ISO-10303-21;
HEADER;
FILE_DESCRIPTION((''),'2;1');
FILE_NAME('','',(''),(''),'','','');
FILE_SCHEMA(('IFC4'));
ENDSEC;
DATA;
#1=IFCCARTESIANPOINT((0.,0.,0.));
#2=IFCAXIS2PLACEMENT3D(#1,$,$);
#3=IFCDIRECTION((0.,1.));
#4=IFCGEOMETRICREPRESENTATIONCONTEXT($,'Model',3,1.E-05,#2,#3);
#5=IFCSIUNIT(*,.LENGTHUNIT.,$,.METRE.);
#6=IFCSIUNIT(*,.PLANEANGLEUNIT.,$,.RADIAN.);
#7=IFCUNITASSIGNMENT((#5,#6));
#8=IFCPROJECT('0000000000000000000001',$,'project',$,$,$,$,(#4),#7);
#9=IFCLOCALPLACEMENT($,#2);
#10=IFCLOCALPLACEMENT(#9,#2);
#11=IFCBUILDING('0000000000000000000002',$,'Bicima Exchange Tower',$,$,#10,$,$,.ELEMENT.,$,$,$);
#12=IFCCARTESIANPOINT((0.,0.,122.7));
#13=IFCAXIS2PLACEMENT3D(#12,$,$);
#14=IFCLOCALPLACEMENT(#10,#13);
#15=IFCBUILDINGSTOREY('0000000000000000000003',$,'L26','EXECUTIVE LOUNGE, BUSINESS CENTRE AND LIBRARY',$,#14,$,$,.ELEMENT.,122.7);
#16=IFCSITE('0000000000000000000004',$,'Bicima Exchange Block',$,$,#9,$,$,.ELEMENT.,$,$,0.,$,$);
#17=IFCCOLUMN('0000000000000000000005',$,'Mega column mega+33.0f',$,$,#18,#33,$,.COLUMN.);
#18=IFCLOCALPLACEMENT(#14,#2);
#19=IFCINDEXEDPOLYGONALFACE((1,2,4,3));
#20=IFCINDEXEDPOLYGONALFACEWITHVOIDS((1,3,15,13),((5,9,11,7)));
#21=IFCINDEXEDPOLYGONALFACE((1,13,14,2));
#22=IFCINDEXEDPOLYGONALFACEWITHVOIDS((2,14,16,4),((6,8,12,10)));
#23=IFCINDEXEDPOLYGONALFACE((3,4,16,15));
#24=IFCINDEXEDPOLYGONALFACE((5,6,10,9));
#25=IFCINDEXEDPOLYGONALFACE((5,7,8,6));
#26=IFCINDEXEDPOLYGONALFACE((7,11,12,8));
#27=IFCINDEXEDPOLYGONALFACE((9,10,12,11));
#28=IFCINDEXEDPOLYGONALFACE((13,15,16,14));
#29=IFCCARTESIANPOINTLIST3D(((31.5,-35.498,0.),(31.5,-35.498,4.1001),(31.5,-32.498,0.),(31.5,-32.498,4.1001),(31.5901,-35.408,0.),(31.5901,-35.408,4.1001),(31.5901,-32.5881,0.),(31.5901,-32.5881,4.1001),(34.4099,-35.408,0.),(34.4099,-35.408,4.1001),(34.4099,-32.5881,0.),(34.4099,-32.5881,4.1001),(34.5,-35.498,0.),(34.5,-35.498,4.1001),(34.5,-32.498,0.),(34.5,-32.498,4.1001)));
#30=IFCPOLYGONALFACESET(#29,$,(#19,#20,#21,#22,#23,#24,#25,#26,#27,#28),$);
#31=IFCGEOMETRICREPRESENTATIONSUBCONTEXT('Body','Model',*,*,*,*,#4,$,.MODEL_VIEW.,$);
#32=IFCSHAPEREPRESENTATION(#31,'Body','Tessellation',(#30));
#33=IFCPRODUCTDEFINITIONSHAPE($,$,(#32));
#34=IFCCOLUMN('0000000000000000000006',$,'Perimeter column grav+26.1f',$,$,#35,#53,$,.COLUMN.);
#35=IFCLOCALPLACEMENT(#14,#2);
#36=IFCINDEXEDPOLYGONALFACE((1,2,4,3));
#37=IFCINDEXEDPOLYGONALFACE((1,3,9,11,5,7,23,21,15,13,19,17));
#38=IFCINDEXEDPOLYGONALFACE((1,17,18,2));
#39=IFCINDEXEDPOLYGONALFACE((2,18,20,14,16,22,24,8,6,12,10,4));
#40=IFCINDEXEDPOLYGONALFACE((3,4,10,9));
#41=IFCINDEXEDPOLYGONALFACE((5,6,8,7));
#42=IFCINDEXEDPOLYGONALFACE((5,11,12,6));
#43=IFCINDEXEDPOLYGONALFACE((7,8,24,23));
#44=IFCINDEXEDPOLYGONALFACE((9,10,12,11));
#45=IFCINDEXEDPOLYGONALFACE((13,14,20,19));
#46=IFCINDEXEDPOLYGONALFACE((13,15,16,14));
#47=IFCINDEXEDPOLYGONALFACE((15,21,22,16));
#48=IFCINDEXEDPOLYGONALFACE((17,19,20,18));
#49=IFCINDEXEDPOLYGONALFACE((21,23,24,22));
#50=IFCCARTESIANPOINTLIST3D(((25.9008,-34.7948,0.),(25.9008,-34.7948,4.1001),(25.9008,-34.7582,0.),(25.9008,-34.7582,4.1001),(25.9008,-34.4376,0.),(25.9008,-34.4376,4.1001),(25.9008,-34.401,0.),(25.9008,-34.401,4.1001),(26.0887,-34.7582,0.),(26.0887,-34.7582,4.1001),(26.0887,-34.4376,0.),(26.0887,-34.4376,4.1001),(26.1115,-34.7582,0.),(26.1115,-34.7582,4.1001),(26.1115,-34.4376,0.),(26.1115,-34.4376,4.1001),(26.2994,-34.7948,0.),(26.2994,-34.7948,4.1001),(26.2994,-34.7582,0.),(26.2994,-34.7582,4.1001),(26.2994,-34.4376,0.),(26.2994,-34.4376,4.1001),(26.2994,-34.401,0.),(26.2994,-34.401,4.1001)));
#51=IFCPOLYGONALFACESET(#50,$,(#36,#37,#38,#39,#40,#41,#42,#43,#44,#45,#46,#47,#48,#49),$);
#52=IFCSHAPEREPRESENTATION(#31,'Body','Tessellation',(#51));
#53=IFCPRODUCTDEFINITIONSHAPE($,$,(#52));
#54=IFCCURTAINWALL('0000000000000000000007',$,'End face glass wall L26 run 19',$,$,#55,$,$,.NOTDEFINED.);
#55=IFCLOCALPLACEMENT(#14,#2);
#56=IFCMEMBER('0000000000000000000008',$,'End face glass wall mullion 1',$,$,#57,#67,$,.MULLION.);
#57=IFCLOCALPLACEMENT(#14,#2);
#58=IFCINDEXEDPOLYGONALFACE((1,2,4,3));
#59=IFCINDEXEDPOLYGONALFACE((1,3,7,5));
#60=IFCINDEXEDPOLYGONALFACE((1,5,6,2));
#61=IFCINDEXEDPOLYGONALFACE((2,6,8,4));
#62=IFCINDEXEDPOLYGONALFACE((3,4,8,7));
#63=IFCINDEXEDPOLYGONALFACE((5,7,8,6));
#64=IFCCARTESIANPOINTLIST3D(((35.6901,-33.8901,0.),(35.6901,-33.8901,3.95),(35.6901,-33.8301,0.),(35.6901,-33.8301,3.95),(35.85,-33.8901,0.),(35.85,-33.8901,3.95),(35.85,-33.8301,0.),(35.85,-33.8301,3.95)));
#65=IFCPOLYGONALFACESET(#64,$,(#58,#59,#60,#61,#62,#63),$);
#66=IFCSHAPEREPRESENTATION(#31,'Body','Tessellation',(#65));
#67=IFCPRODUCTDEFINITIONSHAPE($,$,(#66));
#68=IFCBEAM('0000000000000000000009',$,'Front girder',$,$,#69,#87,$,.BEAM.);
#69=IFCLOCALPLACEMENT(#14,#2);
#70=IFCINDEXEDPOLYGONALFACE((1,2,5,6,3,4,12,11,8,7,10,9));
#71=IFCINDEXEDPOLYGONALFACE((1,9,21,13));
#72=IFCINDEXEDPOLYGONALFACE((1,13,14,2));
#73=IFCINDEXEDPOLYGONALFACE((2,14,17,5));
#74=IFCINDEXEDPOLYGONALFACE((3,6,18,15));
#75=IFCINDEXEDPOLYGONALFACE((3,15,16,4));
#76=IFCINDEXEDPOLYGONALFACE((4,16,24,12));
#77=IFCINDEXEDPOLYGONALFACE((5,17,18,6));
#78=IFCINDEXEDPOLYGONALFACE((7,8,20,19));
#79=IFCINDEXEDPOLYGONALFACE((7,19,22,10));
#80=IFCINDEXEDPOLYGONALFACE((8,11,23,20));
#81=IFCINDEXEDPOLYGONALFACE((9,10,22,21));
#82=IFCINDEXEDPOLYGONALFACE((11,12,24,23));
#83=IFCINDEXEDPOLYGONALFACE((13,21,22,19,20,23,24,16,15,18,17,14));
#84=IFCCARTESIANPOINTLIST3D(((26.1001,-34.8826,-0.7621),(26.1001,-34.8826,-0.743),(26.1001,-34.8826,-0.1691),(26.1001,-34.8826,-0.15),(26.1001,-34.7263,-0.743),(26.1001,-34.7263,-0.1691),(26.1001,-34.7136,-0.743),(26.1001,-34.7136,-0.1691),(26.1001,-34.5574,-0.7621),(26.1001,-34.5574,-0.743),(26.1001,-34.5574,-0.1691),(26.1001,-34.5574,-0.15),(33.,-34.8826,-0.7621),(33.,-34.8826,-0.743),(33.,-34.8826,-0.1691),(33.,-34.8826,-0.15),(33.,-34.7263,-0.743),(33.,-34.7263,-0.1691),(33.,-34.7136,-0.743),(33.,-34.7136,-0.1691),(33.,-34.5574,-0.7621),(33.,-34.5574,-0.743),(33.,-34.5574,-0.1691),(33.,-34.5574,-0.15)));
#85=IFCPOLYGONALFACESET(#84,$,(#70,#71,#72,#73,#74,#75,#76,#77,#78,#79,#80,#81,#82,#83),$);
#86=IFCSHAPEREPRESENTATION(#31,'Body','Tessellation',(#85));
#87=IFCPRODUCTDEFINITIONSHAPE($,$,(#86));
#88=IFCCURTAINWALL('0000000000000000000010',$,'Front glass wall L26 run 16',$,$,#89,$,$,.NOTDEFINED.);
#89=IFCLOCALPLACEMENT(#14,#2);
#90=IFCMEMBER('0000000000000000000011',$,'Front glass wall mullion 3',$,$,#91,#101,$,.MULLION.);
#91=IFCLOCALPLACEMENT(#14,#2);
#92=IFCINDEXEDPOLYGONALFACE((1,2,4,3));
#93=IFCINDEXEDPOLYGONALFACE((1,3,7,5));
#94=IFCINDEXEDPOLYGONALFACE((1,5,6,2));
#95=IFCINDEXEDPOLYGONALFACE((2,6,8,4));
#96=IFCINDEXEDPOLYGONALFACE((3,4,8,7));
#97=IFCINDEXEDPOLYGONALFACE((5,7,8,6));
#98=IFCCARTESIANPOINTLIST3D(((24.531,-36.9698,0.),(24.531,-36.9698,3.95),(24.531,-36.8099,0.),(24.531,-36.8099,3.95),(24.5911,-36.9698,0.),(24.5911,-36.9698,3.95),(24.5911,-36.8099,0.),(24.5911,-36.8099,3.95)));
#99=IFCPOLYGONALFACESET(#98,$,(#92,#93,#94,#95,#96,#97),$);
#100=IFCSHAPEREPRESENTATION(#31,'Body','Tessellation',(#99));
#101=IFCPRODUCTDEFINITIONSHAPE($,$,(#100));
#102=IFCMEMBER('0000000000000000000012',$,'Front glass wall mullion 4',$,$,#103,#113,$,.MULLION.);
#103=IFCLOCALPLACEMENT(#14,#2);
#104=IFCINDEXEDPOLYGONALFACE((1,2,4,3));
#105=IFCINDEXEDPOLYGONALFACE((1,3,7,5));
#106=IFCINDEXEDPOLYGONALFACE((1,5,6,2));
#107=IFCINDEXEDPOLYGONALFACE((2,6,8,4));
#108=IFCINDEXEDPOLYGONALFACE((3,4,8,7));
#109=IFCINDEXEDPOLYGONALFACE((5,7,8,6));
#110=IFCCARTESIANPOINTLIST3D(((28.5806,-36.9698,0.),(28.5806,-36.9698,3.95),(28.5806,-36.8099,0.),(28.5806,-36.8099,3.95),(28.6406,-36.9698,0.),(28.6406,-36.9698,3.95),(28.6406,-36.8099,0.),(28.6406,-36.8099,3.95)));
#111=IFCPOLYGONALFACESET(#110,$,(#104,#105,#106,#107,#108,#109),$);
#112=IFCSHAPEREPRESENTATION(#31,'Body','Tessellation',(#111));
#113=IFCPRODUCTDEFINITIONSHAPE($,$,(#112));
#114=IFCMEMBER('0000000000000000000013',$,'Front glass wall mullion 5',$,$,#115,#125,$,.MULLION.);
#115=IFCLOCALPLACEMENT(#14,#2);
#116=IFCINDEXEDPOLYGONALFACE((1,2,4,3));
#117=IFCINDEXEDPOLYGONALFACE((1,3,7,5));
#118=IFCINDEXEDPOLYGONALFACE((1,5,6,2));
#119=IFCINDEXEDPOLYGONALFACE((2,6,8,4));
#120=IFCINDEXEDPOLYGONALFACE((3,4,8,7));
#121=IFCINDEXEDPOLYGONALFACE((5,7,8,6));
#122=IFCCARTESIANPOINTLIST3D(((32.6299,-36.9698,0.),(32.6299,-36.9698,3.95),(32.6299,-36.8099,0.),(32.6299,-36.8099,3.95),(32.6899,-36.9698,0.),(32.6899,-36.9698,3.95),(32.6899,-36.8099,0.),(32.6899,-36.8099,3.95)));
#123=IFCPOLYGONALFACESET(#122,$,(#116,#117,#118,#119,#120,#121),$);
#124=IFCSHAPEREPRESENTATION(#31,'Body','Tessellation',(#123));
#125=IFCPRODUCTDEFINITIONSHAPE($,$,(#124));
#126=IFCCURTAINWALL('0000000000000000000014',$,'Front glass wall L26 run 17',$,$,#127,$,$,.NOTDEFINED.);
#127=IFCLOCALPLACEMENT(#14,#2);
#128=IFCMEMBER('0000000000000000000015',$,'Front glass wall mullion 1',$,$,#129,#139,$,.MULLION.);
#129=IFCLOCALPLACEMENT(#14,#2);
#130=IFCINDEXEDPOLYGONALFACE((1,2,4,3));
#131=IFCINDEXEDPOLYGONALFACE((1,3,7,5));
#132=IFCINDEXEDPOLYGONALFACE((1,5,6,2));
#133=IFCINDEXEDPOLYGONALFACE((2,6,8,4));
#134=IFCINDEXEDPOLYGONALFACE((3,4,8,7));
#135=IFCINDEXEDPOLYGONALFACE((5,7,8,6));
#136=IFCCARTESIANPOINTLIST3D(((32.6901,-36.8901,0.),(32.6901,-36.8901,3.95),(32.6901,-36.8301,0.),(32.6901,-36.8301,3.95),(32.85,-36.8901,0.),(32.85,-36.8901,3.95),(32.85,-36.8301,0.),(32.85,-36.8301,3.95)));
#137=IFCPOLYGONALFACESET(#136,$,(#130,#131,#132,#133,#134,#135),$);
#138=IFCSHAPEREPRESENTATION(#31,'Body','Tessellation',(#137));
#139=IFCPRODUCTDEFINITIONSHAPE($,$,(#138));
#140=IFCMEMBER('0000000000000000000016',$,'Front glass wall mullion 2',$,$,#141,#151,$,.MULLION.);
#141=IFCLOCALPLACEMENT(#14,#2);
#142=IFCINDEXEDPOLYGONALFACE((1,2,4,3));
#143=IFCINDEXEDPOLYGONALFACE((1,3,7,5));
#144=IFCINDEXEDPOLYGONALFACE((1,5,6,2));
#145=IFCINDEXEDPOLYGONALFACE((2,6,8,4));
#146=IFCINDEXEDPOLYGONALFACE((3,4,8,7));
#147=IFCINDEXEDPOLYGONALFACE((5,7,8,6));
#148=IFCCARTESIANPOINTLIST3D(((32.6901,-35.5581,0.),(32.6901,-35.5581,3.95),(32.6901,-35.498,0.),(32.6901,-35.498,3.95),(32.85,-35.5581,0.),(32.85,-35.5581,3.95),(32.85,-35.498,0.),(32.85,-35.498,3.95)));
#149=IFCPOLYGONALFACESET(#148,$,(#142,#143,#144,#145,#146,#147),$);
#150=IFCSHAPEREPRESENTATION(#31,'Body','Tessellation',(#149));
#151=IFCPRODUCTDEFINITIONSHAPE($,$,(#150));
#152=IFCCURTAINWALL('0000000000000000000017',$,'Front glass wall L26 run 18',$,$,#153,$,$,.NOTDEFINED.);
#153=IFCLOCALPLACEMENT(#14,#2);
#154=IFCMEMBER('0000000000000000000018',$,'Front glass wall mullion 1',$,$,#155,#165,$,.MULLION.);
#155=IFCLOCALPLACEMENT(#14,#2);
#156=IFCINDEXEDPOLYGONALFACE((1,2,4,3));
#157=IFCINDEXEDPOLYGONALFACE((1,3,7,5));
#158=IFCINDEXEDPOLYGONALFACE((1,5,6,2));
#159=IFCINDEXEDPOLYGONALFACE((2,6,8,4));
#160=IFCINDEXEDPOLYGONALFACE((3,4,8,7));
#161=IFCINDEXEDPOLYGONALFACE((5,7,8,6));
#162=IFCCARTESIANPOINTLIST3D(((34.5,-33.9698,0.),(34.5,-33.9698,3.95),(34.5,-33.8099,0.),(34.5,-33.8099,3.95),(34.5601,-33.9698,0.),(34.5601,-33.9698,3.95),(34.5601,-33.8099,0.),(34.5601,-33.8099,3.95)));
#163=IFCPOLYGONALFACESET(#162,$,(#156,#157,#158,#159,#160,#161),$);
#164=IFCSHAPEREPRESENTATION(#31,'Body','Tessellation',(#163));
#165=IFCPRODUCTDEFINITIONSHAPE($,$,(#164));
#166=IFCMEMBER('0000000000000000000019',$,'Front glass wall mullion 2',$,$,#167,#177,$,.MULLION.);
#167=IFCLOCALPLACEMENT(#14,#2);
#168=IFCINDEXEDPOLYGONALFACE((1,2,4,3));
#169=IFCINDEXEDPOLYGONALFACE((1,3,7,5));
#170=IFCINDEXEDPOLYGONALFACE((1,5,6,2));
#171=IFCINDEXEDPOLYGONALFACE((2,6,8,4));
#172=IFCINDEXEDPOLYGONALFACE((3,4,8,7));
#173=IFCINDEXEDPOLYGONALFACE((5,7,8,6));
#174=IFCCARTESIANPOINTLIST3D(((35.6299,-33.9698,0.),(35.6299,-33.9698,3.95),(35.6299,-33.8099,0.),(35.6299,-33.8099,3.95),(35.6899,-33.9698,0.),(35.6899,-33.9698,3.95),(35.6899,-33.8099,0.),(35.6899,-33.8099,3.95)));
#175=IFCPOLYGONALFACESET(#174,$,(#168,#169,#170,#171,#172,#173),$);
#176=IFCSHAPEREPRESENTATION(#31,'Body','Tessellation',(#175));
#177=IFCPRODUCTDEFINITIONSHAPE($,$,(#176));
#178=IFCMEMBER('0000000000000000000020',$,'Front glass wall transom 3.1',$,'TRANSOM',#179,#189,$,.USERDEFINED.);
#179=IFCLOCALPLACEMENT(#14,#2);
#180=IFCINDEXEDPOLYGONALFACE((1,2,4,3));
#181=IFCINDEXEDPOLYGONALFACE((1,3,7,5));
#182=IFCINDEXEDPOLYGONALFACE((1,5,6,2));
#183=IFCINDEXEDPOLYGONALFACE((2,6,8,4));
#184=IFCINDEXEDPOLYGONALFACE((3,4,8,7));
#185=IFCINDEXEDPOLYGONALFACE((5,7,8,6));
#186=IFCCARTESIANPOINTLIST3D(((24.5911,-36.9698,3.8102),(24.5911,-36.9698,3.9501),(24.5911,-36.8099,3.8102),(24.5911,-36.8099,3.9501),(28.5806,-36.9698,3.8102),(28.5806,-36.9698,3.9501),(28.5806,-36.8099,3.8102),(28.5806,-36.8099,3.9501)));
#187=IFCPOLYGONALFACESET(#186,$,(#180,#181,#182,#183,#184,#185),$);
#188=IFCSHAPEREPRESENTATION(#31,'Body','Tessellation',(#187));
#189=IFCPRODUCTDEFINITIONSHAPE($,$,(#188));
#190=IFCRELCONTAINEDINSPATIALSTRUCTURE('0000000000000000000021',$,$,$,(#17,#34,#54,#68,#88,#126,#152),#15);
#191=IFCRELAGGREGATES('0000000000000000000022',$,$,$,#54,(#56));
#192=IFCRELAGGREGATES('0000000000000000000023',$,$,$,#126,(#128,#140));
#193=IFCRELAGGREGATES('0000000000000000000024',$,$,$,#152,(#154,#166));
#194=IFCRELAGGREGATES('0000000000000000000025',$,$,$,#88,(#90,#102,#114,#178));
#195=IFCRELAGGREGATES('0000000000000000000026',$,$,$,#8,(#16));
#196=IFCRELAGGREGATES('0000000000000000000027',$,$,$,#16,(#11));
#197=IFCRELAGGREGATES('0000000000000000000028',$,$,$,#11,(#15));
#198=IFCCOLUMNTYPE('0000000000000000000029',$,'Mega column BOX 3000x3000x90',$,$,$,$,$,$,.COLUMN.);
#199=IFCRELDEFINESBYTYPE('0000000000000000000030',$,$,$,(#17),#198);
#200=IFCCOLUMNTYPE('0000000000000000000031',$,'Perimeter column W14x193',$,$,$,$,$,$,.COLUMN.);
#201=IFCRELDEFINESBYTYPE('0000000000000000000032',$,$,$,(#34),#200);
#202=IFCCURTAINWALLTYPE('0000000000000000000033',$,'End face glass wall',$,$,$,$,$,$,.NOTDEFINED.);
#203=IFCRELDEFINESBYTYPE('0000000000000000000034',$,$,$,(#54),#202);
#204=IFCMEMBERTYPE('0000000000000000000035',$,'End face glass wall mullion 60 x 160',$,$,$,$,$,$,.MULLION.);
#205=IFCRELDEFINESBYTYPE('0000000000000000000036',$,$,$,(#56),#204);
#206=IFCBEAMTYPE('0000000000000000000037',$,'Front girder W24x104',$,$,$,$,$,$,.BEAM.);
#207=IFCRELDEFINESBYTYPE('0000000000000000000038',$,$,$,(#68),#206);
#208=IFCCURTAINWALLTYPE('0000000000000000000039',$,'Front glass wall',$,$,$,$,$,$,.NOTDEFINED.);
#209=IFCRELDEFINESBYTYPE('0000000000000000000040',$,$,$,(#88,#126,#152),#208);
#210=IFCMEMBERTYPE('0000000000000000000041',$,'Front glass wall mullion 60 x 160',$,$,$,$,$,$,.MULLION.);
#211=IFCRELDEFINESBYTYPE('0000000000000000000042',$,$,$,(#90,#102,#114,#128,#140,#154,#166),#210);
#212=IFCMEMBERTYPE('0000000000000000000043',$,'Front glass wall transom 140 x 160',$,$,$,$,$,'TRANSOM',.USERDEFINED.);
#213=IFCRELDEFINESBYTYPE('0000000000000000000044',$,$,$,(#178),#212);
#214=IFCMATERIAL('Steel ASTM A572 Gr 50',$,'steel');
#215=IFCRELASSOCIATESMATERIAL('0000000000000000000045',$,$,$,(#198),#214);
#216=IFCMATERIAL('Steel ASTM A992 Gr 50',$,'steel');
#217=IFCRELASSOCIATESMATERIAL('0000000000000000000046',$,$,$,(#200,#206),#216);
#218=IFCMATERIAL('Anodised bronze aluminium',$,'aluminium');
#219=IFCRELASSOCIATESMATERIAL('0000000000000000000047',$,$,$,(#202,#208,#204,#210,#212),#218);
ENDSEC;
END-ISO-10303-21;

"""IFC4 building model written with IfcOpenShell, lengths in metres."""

from ifc_helpers import new_model, si_unit, direction, frame, origin, origin_2d, place, context, subcontext, project, spatial, rectangle, hollow_rectangle, i_section, extrude, material, material_profile, profile_set, type_object, element, aggregate, save


model = new_model("IFC4")

# Units and contexts
model_context = context("Model", 3, precision=1e-05, world=origin(), true_north=direction((0.0, 1.0)))
body_context = subcontext(model_context, "Body", "Model", "MODEL_VIEW")
ifc_project = project(units=[si_unit("LENGTHUNIT", "METRE"), si_unit("PLANEANGLEUNIT", "RADIAN")], contexts=[model_context])

# Site, building, storey
site_placement = place(None, origin())
site = spatial("IfcSite", under=ifc_project, at=site_placement, Name="Bicima Exchange Block", CompositionType="ELEMENT", RefElevation=0.0)
building_placement = place(site_placement, origin())
building = spatial("IfcBuilding", under=site, at=building_placement, Name="Bicima Exchange Tower", CompositionType="ELEMENT")
storey_placement = place(building_placement, frame((0.0, 0.0, 122.7)))
storey = spatial("IfcBuildingStorey", under=building, at=storey_placement, Name="L26", Description="EXECUTIVE LOUNGE, BUSINESS CENTRE AND LIBRARY", CompositionType="ELEMENT", Elevation=122.7)

# Columns
ifc_material_1 = material(Name="Steel ASTM A572 Gr 50", Category="steel")
ifc_material_profile_1 = material_profile(ifc_material_1, hollow_rectangle(XDim=3.0, YDim=3.0, WallThickness=0.0901, at=origin_2d()))
ifc_profile_set_1 = profile_set([ifc_material_profile_1], Name="Steel ASTM A572 Gr 50")
column_type_1 = type_object("IfcColumnType", Name="Mega column BOX 3000x3000x90", PredefinedType="COLUMN", material=ifc_profile_set_1)
column_1_placement = place(storey_placement, frame((33.0, -33.998, 0.0), z_axis=(0.0, 0.0, 1.0), x_axis=(1.0, 0.0, 0.0)))
element("IfcColumn", 1, at=column_1_placement, inside=storey, type_object=column_type_1, Name="Mega column mega+33.0f", PredefinedType="COLUMN", context=body_context, shape_type="SweptSolid", body=[
    extrude(hollow_rectangle(XDim=3.0, YDim=3.0, WallThickness=0.0901, at=origin_2d()), origin(), (0.0, 0.0, 1.0), 4.1001),
])
ifc_material_2 = material(Name="Steel ASTM A992 Gr 50", Category="steel")
ifc_material_profile_2 = material_profile(ifc_material_2, i_section(OverallWidth=0.3987, OverallDepth=0.3938, WebThickness=0.0227, FlangeThickness=0.0366, at=origin_2d()))
ifc_profile_set_2 = profile_set([ifc_material_profile_2], Name="Steel ASTM A992 Gr 50")
column_type_2 = type_object("IfcColumnType", Name="Perimeter column W14x193", PredefinedType="COLUMN", material=ifc_profile_set_2)
column_2_placement = place(storey_placement, frame((26.1001, -34.5979, 0.0), z_axis=(0.0, 0.0, 1.0), x_axis=(1.0, 0.0, 0.0)))
element("IfcColumn", 2, at=column_2_placement, inside=storey, type_object=column_type_2, Name="Perimeter column grav+26.1f", PredefinedType="COLUMN", context=body_context, shape_type="SweptSolid", body=[
    extrude(i_section(OverallWidth=0.3987, OverallDepth=0.3938, WebThickness=0.0227, FlangeThickness=0.0366, at=origin_2d()), origin(), (0.0, 0.0, 1.0), 4.1001),
])

# Curtain wall, member
ifc_material_3 = material(Name="Anodised bronze aluminium", Category="aluminium")
curtain_wall_type_1 = type_object("IfcCurtainWallType", Name="End face glass wall", PredefinedType="NOTDEFINED", material=ifc_material_3)
curtain_wall_1_placement = place(storey_placement, origin())
curtain_wall_1 = element("IfcCurtainWall", 3, at=curtain_wall_1_placement, inside=storey, type_object=curtain_wall_type_1, Name="End face glass wall L26 run 19", PredefinedType="NOTDEFINED")
ifc_material_profile_3 = material_profile(ifc_material_3, rectangle(XDim=0.1599, YDim=0.0601, at=origin_2d()))
ifc_profile_set_3 = profile_set([ifc_material_profile_3], Name="Anodised bronze aluminium")
member_type_1 = type_object("IfcMemberType", Name="End face glass wall mullion 60 x 160", PredefinedType="MULLION", material=ifc_profile_set_3)
member_1_placement = place(storey_placement, frame((35.77, -33.8601, 0.0), z_axis=(0.0, 0.0, 1.0), x_axis=(-1.0, 0.0, 0.0)))
member_1 = element("IfcMember", 4, at=member_1_placement, type_object=member_type_1, Name="End face glass wall mullion 1", PredefinedType="MULLION", context=body_context, shape_type="SweptSolid", body=[
    extrude(rectangle(XDim=0.1599, YDim=0.0601, at=origin_2d()), origin(), (0.0, 0.0, 1.0), 3.95),
])
aggregate(curtain_wall_1, [member_1])

# Beam
ifc_material_profile_4 = material_profile(ifc_material_2, i_section(OverallWidth=0.3252, OverallDepth=0.6121, WebThickness=0.0127, FlangeThickness=0.019, at=origin_2d()))
ifc_profile_set_4 = profile_set([ifc_material_profile_4], Name="Steel ASTM A992 Gr 50")
beam_type = type_object("IfcBeamType", Name="Front girder W24x104", PredefinedType="BEAM", material=ifc_profile_set_4)
beam_placement = place(storey_placement, frame((26.1001, -34.72, -0.4561), z_axis=(1.0, 0.0, 0.0), x_axis=(0.0, 1.0, 0.0)))
element("IfcBeam", 5, at=beam_placement, inside=storey, type_object=beam_type, Name="Front girder", PredefinedType="BEAM", context=body_context, shape_type="SweptSolid", body=[
    extrude(i_section(OverallWidth=0.3252, OverallDepth=0.6121, WebThickness=0.0127, FlangeThickness=0.019, at=origin_2d()), origin(), (0.0, 0.0, 1.0), 6.8999),
])

# Curtain walls, members
curtain_wall_type_2 = type_object("IfcCurtainWallType", Name="Front glass wall", PredefinedType="NOTDEFINED", material=ifc_material_3)
curtain_wall_2_placement = place(storey_placement, origin())
curtain_wall_2 = element("IfcCurtainWall", 6, at=curtain_wall_2_placement, inside=storey, type_object=curtain_wall_type_2, Name="Front glass wall L26 run 16", PredefinedType="NOTDEFINED")
member_type_2 = type_object("IfcMemberType", Name="Front glass wall mullion 60 x 160", PredefinedType="MULLION", material=ifc_profile_set_3)
member_2_placement = place(storey_placement, frame((24.561, -36.8899, 0.0), z_axis=(0.0, 0.0, 1.0), x_axis=(0.0, 1.0, 0.0)))
member_2 = element("IfcMember", 7, at=member_2_placement, type_object=member_type_2, Name="Front glass wall mullion 3", PredefinedType="MULLION", context=body_context, shape_type="SweptSolid", body=[
    extrude(rectangle(XDim=0.1599, YDim=0.0601, at=origin_2d()), origin(), (0.0, 0.0, 1.0), 3.95),
])
member_3_placement = place(storey_placement, frame((28.6106, -36.8899, 0.0), z_axis=(0.0, 0.0, 1.0), x_axis=(0.0, 1.0, 0.0)))
member_3 = element("IfcMember", 8, at=member_3_placement, type_object=member_type_2, Name="Front glass wall mullion 4", PredefinedType="MULLION", context=body_context, shape_type="SweptSolid", body=[
    extrude(rectangle(XDim=0.1599, YDim=0.0601, at=origin_2d()), origin(), (0.0, 0.0, 1.0), 3.95),
])
member_4_placement = place(storey_placement, frame((32.6599, -36.8899, 0.0), z_axis=(0.0, 0.0, 1.0), x_axis=(0.0, 1.0, 0.0)))
member_4 = element("IfcMember", 9, at=member_4_placement, type_object=member_type_2, Name="Front glass wall mullion 5", PredefinedType="MULLION", context=body_context, shape_type="SweptSolid", body=[
    extrude(rectangle(XDim=0.1599, YDim=0.0601, at=origin_2d()), origin(), (0.0, 0.0, 1.0), 3.95),
])
curtain_wall_3_placement = place(storey_placement, origin())
curtain_wall_3 = element("IfcCurtainWall", 10, at=curtain_wall_3_placement, inside=storey, type_object=curtain_wall_type_2, Name="Front glass wall L26 run 17", PredefinedType="NOTDEFINED")
member_5_placement = place(storey_placement, frame((32.77, -36.8601, 0.0), z_axis=(0.0, 0.0, 1.0), x_axis=(-1.0, 0.0, 0.0)))
member_5 = element("IfcMember", 11, at=member_5_placement, type_object=member_type_2, Name="Front glass wall mullion 1", PredefinedType="MULLION", context=body_context, shape_type="SweptSolid", body=[
    extrude(rectangle(XDim=0.1599, YDim=0.0601, at=origin_2d()), origin(), (0.0, 0.0, 1.0), 3.95),
])
member_6_placement = place(storey_placement, frame((32.77, -35.5281, 0.0), z_axis=(0.0, 0.0, 1.0), x_axis=(-1.0, 0.0, 0.0)))
member_6 = element("IfcMember", 12, at=member_6_placement, type_object=member_type_2, Name="Front glass wall mullion 2", PredefinedType="MULLION", context=body_context, shape_type="SweptSolid", body=[
    extrude(rectangle(XDim=0.1599, YDim=0.0601, at=origin_2d()), origin(), (0.0, 0.0, 1.0), 3.95),
])
curtain_wall_4_placement = place(storey_placement, origin())
curtain_wall_4 = element("IfcCurtainWall", 13, at=curtain_wall_4_placement, inside=storey, type_object=curtain_wall_type_2, Name="Front glass wall L26 run 18", PredefinedType="NOTDEFINED")
member_7_placement = place(storey_placement, frame((34.53, -33.8899, 0.0), z_axis=(0.0, 0.0, 1.0), x_axis=(0.0, 1.0, 0.0)))
member_7 = element("IfcMember", 14, at=member_7_placement, type_object=member_type_2, Name="Front glass wall mullion 1", PredefinedType="MULLION", context=body_context, shape_type="SweptSolid", body=[
    extrude(rectangle(XDim=0.1599, YDim=0.0601, at=origin_2d()), origin(), (0.0, 0.0, 1.0), 3.95),
])
member_8_placement = place(storey_placement, frame((35.6599, -33.8899, 0.0), z_axis=(0.0, 0.0, 1.0), x_axis=(0.0, 1.0, 0.0)))
member_8 = element("IfcMember", 15, at=member_8_placement, type_object=member_type_2, Name="Front glass wall mullion 2", PredefinedType="MULLION", context=body_context, shape_type="SweptSolid", body=[
    extrude(rectangle(XDim=0.1599, YDim=0.0601, at=origin_2d()), origin(), (0.0, 0.0, 1.0), 3.95),
])

# Member
ifc_material_profile_5 = material_profile(ifc_material_3, rectangle(XDim=0.1599, YDim=0.1399, at=origin_2d()))
ifc_profile_set_5 = profile_set([ifc_material_profile_5], Name="Anodised bronze aluminium")
member_type_3 = type_object("IfcMemberType", Name="Front glass wall transom 140 x 160", ElementType="TRANSOM", PredefinedType="USERDEFINED", material=ifc_profile_set_5)
member_9_placement = place(storey_placement, frame((24.5911, -36.8899, 3.8801), z_axis=(1.0, 0.0, 0.0), x_axis=(0.0, 1.0, 0.0)))
member_9 = element("IfcMember", 16, at=member_9_placement, type_object=member_type_3, Name="Front glass wall transom 3.1", ObjectType="TRANSOM", PredefinedType="USERDEFINED", context=body_context, shape_type="SweptSolid", body=[
    extrude(rectangle(XDim=0.1599, YDim=0.1399, at=origin_2d()), origin(), (0.0, 0.0, 1.0), 3.9895),
])

aggregate(curtain_wall_3, [member_5, member_6])
aggregate(curtain_wall_4, [member_7, member_8])
aggregate(curtain_wall_2, [member_2, member_3, member_4, member_9])

save(model, "model.ifc")
